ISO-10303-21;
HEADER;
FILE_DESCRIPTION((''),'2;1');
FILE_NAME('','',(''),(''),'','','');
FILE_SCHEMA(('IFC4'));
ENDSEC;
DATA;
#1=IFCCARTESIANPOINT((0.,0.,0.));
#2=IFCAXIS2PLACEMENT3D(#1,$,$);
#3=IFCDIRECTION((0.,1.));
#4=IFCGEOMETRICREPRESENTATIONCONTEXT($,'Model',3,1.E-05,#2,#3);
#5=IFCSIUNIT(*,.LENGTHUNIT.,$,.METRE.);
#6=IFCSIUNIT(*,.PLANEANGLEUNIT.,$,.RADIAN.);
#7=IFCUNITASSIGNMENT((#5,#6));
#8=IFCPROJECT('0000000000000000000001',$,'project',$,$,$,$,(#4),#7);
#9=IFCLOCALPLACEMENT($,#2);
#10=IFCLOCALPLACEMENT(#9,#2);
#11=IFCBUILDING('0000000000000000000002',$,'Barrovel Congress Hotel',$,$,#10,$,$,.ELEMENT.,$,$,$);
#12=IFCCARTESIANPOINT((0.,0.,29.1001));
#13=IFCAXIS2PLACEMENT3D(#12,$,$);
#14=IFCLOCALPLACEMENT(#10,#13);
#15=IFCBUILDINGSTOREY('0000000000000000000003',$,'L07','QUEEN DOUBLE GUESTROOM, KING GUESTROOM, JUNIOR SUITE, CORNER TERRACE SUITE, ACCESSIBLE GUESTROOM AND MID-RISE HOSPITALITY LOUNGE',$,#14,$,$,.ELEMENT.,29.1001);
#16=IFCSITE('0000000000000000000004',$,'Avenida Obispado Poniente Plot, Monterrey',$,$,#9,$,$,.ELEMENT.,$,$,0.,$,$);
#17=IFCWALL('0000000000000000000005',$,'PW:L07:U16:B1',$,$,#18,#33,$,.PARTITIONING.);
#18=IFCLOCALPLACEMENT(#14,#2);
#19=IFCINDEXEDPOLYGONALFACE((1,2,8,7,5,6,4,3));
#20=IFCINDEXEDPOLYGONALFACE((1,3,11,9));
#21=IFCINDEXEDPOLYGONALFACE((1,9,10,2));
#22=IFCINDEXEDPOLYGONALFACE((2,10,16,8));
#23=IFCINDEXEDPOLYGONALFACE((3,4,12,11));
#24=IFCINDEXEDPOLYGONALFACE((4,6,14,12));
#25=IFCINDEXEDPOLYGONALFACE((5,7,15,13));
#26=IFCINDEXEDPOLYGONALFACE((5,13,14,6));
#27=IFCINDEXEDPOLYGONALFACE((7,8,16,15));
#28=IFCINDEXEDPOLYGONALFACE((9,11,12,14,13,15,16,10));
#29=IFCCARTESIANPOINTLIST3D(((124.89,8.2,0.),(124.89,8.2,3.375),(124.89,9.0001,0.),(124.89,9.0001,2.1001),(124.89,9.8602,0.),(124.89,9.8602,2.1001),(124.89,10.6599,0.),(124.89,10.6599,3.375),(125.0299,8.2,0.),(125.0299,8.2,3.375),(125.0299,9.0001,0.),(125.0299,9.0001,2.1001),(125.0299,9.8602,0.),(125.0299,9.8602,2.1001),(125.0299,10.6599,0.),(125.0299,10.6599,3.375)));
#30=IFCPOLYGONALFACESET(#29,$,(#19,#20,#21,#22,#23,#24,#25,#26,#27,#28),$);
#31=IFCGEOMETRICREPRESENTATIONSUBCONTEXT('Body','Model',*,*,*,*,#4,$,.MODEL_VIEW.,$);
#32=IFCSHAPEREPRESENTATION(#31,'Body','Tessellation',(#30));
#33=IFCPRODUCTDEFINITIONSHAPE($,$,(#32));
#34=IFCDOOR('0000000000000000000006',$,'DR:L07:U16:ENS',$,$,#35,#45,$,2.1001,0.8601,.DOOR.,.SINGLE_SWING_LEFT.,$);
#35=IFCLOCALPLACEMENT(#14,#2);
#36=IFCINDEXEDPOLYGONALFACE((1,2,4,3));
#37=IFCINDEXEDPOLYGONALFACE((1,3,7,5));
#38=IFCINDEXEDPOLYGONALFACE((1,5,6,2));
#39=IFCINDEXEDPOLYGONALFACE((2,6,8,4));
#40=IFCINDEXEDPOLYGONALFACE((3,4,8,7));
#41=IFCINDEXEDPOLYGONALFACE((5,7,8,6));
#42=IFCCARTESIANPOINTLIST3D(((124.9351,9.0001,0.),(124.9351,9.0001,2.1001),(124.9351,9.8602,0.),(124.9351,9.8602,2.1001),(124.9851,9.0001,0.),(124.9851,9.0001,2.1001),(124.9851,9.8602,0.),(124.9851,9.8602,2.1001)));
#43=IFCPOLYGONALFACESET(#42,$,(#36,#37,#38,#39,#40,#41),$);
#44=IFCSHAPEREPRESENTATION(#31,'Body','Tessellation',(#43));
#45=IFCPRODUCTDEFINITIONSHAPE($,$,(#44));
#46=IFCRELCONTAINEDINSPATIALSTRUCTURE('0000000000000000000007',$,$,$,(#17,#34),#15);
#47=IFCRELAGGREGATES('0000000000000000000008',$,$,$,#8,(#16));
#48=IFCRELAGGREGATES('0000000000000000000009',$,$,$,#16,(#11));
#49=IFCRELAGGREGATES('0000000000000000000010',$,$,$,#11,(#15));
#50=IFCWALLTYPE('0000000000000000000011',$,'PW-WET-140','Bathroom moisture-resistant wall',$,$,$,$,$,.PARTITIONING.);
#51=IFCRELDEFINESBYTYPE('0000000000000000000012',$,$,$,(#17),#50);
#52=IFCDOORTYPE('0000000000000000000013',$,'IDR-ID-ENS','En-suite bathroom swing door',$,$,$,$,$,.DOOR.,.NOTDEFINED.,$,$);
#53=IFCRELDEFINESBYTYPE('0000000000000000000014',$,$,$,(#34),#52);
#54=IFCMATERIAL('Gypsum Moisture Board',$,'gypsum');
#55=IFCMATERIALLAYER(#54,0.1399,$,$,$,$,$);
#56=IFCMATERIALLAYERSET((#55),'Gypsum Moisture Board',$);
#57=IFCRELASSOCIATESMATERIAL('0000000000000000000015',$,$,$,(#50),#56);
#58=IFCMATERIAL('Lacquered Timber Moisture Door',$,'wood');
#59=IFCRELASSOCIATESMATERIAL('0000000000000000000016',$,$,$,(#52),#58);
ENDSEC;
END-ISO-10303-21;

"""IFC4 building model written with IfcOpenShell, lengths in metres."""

from ifc_helpers import new_model, si_unit, direction, frame, frame_2d, origin, place, context, subcontext, project, spatial, rectangle, extrude, material, layer, layer_set, type_object, element, fill, save


model = new_model("IFC4")

# Units and contexts
model_context = context("Model", 3, precision=1e-05, world=origin(), true_north=direction((0.0, 1.0)))
body_context = subcontext(model_context, "Body", "Model", "MODEL_VIEW")
ifc_project = project(units=[si_unit("LENGTHUNIT", "METRE"), si_unit("PLANEANGLEUNIT", "RADIAN")], contexts=[model_context])

# Site, building, storey
site_placement = place(None, origin())
site = spatial("IfcSite", under=ifc_project, at=site_placement, Name="Avenida Obispado Poniente Plot, Monterrey", CompositionType="ELEMENT", RefElevation=0.0)
building_placement = place(site_placement, origin())
building = spatial("IfcBuilding", under=site, at=building_placement, Name="Barrovel Congress Hotel", CompositionType="ELEMENT")
storey_placement = place(building_placement, frame((0.0, 0.0, 29.1001)))
storey = spatial("IfcBuildingStorey", under=building, at=storey_placement, Name="L07", Description="QUEEN DOUBLE GUESTROOM, KING GUESTROOM, JUNIOR SUITE, CORNER TERRACE SUITE, ACCESSIBLE GUESTROOM AND MID-RISE HOSPITALITY LOUNGE", CompositionType="ELEMENT", Elevation=29.1001)

# Wall, opening, door
ifc_material_1 = material(Name="Gypsum Moisture Board", Category="gypsum")
ifc_layer_1 = layer(ifc_material_1, 0.1399)
ifc_layer_set_1 = layer_set([ifc_layer_1], Name="Gypsum Moisture Board")
wall_type_1 = type_object("IfcWallType", Name="PW-WET-140", Description="Bathroom moisture-resistant wall", PredefinedType="PARTITIONING", material=ifc_layer_set_1)
ifc_material_2 = material(Name="Lacquered Timber Moisture Door", Category="wood")
door_type_1 = type_object("IfcDoorType", Name="IDR-ID-ENS", Description="En-suite bathroom swing door", OperationType="NOTDEFINED", PredefinedType="DOOR", material=ifc_material_2)
wall_1_placement = place(storey_placement, frame((124.96, 8.2, 0.0), z_axis=(0.0, 0.0, 1.0), x_axis=(0.0, 1.0, 0.0)))
wall_1 = element("IfcWall", 1, at=wall_1_placement, inside=storey, type_object=wall_type_1, Name="PW:L07:U16:B1", PredefinedType="PARTITIONING", context=body_context, shape_type="SweptSolid", body=[
    extrude(rectangle(XDim=2.46, YDim=0.1399, at=frame_2d((1.23, 0.0))), origin(), (0.0, 0.0, 1.0), 3.375),
])
opening_1_placement = place(wall_1_placement, frame((0.8, 0.0, 0.0)))
opening_1 = element("IfcOpeningElement", 2, at=opening_1_placement, cuts=wall_1, PredefinedType="OPENING", context=body_context, shape_type="SweptSolid", body=[
    extrude(rectangle(XDim=0.8601, YDim=2.1001, at=frame_2d((0.4302, 1.05))), frame((0.0, 0.0801, 0.0), z_axis=(0.0, -1.0, 0.0), x_axis=(1.0, 0.0, 0.0)), (0.0, 0.0, 1.0), 0.1599),
])
door_1_placement = place(opening_1_placement, origin())
door_1 = element("IfcDoor", 3, at=door_1_placement, inside=storey, type_object=door_type_1, Name="DR:L07:U16:ENS", OperationType="SINGLE_SWING_LEFT", OverallHeight=2.1001, OverallWidth=0.8601, PredefinedType="DOOR", context=body_context, shape_type="SweptSolid", body=[
    extrude(rectangle(XDim=0.8601, YDim=2.1001, at=frame_2d((0.4302, 1.05))), frame((0.0, 0.0249, 0.0), z_axis=(0.0, -1.0, 0.0), x_axis=(1.0, 0.0, 0.0)), (0.0, 0.0, 1.0), 0.05),
])
fill(opening_1, door_1)

save(model, "model.ifc")
